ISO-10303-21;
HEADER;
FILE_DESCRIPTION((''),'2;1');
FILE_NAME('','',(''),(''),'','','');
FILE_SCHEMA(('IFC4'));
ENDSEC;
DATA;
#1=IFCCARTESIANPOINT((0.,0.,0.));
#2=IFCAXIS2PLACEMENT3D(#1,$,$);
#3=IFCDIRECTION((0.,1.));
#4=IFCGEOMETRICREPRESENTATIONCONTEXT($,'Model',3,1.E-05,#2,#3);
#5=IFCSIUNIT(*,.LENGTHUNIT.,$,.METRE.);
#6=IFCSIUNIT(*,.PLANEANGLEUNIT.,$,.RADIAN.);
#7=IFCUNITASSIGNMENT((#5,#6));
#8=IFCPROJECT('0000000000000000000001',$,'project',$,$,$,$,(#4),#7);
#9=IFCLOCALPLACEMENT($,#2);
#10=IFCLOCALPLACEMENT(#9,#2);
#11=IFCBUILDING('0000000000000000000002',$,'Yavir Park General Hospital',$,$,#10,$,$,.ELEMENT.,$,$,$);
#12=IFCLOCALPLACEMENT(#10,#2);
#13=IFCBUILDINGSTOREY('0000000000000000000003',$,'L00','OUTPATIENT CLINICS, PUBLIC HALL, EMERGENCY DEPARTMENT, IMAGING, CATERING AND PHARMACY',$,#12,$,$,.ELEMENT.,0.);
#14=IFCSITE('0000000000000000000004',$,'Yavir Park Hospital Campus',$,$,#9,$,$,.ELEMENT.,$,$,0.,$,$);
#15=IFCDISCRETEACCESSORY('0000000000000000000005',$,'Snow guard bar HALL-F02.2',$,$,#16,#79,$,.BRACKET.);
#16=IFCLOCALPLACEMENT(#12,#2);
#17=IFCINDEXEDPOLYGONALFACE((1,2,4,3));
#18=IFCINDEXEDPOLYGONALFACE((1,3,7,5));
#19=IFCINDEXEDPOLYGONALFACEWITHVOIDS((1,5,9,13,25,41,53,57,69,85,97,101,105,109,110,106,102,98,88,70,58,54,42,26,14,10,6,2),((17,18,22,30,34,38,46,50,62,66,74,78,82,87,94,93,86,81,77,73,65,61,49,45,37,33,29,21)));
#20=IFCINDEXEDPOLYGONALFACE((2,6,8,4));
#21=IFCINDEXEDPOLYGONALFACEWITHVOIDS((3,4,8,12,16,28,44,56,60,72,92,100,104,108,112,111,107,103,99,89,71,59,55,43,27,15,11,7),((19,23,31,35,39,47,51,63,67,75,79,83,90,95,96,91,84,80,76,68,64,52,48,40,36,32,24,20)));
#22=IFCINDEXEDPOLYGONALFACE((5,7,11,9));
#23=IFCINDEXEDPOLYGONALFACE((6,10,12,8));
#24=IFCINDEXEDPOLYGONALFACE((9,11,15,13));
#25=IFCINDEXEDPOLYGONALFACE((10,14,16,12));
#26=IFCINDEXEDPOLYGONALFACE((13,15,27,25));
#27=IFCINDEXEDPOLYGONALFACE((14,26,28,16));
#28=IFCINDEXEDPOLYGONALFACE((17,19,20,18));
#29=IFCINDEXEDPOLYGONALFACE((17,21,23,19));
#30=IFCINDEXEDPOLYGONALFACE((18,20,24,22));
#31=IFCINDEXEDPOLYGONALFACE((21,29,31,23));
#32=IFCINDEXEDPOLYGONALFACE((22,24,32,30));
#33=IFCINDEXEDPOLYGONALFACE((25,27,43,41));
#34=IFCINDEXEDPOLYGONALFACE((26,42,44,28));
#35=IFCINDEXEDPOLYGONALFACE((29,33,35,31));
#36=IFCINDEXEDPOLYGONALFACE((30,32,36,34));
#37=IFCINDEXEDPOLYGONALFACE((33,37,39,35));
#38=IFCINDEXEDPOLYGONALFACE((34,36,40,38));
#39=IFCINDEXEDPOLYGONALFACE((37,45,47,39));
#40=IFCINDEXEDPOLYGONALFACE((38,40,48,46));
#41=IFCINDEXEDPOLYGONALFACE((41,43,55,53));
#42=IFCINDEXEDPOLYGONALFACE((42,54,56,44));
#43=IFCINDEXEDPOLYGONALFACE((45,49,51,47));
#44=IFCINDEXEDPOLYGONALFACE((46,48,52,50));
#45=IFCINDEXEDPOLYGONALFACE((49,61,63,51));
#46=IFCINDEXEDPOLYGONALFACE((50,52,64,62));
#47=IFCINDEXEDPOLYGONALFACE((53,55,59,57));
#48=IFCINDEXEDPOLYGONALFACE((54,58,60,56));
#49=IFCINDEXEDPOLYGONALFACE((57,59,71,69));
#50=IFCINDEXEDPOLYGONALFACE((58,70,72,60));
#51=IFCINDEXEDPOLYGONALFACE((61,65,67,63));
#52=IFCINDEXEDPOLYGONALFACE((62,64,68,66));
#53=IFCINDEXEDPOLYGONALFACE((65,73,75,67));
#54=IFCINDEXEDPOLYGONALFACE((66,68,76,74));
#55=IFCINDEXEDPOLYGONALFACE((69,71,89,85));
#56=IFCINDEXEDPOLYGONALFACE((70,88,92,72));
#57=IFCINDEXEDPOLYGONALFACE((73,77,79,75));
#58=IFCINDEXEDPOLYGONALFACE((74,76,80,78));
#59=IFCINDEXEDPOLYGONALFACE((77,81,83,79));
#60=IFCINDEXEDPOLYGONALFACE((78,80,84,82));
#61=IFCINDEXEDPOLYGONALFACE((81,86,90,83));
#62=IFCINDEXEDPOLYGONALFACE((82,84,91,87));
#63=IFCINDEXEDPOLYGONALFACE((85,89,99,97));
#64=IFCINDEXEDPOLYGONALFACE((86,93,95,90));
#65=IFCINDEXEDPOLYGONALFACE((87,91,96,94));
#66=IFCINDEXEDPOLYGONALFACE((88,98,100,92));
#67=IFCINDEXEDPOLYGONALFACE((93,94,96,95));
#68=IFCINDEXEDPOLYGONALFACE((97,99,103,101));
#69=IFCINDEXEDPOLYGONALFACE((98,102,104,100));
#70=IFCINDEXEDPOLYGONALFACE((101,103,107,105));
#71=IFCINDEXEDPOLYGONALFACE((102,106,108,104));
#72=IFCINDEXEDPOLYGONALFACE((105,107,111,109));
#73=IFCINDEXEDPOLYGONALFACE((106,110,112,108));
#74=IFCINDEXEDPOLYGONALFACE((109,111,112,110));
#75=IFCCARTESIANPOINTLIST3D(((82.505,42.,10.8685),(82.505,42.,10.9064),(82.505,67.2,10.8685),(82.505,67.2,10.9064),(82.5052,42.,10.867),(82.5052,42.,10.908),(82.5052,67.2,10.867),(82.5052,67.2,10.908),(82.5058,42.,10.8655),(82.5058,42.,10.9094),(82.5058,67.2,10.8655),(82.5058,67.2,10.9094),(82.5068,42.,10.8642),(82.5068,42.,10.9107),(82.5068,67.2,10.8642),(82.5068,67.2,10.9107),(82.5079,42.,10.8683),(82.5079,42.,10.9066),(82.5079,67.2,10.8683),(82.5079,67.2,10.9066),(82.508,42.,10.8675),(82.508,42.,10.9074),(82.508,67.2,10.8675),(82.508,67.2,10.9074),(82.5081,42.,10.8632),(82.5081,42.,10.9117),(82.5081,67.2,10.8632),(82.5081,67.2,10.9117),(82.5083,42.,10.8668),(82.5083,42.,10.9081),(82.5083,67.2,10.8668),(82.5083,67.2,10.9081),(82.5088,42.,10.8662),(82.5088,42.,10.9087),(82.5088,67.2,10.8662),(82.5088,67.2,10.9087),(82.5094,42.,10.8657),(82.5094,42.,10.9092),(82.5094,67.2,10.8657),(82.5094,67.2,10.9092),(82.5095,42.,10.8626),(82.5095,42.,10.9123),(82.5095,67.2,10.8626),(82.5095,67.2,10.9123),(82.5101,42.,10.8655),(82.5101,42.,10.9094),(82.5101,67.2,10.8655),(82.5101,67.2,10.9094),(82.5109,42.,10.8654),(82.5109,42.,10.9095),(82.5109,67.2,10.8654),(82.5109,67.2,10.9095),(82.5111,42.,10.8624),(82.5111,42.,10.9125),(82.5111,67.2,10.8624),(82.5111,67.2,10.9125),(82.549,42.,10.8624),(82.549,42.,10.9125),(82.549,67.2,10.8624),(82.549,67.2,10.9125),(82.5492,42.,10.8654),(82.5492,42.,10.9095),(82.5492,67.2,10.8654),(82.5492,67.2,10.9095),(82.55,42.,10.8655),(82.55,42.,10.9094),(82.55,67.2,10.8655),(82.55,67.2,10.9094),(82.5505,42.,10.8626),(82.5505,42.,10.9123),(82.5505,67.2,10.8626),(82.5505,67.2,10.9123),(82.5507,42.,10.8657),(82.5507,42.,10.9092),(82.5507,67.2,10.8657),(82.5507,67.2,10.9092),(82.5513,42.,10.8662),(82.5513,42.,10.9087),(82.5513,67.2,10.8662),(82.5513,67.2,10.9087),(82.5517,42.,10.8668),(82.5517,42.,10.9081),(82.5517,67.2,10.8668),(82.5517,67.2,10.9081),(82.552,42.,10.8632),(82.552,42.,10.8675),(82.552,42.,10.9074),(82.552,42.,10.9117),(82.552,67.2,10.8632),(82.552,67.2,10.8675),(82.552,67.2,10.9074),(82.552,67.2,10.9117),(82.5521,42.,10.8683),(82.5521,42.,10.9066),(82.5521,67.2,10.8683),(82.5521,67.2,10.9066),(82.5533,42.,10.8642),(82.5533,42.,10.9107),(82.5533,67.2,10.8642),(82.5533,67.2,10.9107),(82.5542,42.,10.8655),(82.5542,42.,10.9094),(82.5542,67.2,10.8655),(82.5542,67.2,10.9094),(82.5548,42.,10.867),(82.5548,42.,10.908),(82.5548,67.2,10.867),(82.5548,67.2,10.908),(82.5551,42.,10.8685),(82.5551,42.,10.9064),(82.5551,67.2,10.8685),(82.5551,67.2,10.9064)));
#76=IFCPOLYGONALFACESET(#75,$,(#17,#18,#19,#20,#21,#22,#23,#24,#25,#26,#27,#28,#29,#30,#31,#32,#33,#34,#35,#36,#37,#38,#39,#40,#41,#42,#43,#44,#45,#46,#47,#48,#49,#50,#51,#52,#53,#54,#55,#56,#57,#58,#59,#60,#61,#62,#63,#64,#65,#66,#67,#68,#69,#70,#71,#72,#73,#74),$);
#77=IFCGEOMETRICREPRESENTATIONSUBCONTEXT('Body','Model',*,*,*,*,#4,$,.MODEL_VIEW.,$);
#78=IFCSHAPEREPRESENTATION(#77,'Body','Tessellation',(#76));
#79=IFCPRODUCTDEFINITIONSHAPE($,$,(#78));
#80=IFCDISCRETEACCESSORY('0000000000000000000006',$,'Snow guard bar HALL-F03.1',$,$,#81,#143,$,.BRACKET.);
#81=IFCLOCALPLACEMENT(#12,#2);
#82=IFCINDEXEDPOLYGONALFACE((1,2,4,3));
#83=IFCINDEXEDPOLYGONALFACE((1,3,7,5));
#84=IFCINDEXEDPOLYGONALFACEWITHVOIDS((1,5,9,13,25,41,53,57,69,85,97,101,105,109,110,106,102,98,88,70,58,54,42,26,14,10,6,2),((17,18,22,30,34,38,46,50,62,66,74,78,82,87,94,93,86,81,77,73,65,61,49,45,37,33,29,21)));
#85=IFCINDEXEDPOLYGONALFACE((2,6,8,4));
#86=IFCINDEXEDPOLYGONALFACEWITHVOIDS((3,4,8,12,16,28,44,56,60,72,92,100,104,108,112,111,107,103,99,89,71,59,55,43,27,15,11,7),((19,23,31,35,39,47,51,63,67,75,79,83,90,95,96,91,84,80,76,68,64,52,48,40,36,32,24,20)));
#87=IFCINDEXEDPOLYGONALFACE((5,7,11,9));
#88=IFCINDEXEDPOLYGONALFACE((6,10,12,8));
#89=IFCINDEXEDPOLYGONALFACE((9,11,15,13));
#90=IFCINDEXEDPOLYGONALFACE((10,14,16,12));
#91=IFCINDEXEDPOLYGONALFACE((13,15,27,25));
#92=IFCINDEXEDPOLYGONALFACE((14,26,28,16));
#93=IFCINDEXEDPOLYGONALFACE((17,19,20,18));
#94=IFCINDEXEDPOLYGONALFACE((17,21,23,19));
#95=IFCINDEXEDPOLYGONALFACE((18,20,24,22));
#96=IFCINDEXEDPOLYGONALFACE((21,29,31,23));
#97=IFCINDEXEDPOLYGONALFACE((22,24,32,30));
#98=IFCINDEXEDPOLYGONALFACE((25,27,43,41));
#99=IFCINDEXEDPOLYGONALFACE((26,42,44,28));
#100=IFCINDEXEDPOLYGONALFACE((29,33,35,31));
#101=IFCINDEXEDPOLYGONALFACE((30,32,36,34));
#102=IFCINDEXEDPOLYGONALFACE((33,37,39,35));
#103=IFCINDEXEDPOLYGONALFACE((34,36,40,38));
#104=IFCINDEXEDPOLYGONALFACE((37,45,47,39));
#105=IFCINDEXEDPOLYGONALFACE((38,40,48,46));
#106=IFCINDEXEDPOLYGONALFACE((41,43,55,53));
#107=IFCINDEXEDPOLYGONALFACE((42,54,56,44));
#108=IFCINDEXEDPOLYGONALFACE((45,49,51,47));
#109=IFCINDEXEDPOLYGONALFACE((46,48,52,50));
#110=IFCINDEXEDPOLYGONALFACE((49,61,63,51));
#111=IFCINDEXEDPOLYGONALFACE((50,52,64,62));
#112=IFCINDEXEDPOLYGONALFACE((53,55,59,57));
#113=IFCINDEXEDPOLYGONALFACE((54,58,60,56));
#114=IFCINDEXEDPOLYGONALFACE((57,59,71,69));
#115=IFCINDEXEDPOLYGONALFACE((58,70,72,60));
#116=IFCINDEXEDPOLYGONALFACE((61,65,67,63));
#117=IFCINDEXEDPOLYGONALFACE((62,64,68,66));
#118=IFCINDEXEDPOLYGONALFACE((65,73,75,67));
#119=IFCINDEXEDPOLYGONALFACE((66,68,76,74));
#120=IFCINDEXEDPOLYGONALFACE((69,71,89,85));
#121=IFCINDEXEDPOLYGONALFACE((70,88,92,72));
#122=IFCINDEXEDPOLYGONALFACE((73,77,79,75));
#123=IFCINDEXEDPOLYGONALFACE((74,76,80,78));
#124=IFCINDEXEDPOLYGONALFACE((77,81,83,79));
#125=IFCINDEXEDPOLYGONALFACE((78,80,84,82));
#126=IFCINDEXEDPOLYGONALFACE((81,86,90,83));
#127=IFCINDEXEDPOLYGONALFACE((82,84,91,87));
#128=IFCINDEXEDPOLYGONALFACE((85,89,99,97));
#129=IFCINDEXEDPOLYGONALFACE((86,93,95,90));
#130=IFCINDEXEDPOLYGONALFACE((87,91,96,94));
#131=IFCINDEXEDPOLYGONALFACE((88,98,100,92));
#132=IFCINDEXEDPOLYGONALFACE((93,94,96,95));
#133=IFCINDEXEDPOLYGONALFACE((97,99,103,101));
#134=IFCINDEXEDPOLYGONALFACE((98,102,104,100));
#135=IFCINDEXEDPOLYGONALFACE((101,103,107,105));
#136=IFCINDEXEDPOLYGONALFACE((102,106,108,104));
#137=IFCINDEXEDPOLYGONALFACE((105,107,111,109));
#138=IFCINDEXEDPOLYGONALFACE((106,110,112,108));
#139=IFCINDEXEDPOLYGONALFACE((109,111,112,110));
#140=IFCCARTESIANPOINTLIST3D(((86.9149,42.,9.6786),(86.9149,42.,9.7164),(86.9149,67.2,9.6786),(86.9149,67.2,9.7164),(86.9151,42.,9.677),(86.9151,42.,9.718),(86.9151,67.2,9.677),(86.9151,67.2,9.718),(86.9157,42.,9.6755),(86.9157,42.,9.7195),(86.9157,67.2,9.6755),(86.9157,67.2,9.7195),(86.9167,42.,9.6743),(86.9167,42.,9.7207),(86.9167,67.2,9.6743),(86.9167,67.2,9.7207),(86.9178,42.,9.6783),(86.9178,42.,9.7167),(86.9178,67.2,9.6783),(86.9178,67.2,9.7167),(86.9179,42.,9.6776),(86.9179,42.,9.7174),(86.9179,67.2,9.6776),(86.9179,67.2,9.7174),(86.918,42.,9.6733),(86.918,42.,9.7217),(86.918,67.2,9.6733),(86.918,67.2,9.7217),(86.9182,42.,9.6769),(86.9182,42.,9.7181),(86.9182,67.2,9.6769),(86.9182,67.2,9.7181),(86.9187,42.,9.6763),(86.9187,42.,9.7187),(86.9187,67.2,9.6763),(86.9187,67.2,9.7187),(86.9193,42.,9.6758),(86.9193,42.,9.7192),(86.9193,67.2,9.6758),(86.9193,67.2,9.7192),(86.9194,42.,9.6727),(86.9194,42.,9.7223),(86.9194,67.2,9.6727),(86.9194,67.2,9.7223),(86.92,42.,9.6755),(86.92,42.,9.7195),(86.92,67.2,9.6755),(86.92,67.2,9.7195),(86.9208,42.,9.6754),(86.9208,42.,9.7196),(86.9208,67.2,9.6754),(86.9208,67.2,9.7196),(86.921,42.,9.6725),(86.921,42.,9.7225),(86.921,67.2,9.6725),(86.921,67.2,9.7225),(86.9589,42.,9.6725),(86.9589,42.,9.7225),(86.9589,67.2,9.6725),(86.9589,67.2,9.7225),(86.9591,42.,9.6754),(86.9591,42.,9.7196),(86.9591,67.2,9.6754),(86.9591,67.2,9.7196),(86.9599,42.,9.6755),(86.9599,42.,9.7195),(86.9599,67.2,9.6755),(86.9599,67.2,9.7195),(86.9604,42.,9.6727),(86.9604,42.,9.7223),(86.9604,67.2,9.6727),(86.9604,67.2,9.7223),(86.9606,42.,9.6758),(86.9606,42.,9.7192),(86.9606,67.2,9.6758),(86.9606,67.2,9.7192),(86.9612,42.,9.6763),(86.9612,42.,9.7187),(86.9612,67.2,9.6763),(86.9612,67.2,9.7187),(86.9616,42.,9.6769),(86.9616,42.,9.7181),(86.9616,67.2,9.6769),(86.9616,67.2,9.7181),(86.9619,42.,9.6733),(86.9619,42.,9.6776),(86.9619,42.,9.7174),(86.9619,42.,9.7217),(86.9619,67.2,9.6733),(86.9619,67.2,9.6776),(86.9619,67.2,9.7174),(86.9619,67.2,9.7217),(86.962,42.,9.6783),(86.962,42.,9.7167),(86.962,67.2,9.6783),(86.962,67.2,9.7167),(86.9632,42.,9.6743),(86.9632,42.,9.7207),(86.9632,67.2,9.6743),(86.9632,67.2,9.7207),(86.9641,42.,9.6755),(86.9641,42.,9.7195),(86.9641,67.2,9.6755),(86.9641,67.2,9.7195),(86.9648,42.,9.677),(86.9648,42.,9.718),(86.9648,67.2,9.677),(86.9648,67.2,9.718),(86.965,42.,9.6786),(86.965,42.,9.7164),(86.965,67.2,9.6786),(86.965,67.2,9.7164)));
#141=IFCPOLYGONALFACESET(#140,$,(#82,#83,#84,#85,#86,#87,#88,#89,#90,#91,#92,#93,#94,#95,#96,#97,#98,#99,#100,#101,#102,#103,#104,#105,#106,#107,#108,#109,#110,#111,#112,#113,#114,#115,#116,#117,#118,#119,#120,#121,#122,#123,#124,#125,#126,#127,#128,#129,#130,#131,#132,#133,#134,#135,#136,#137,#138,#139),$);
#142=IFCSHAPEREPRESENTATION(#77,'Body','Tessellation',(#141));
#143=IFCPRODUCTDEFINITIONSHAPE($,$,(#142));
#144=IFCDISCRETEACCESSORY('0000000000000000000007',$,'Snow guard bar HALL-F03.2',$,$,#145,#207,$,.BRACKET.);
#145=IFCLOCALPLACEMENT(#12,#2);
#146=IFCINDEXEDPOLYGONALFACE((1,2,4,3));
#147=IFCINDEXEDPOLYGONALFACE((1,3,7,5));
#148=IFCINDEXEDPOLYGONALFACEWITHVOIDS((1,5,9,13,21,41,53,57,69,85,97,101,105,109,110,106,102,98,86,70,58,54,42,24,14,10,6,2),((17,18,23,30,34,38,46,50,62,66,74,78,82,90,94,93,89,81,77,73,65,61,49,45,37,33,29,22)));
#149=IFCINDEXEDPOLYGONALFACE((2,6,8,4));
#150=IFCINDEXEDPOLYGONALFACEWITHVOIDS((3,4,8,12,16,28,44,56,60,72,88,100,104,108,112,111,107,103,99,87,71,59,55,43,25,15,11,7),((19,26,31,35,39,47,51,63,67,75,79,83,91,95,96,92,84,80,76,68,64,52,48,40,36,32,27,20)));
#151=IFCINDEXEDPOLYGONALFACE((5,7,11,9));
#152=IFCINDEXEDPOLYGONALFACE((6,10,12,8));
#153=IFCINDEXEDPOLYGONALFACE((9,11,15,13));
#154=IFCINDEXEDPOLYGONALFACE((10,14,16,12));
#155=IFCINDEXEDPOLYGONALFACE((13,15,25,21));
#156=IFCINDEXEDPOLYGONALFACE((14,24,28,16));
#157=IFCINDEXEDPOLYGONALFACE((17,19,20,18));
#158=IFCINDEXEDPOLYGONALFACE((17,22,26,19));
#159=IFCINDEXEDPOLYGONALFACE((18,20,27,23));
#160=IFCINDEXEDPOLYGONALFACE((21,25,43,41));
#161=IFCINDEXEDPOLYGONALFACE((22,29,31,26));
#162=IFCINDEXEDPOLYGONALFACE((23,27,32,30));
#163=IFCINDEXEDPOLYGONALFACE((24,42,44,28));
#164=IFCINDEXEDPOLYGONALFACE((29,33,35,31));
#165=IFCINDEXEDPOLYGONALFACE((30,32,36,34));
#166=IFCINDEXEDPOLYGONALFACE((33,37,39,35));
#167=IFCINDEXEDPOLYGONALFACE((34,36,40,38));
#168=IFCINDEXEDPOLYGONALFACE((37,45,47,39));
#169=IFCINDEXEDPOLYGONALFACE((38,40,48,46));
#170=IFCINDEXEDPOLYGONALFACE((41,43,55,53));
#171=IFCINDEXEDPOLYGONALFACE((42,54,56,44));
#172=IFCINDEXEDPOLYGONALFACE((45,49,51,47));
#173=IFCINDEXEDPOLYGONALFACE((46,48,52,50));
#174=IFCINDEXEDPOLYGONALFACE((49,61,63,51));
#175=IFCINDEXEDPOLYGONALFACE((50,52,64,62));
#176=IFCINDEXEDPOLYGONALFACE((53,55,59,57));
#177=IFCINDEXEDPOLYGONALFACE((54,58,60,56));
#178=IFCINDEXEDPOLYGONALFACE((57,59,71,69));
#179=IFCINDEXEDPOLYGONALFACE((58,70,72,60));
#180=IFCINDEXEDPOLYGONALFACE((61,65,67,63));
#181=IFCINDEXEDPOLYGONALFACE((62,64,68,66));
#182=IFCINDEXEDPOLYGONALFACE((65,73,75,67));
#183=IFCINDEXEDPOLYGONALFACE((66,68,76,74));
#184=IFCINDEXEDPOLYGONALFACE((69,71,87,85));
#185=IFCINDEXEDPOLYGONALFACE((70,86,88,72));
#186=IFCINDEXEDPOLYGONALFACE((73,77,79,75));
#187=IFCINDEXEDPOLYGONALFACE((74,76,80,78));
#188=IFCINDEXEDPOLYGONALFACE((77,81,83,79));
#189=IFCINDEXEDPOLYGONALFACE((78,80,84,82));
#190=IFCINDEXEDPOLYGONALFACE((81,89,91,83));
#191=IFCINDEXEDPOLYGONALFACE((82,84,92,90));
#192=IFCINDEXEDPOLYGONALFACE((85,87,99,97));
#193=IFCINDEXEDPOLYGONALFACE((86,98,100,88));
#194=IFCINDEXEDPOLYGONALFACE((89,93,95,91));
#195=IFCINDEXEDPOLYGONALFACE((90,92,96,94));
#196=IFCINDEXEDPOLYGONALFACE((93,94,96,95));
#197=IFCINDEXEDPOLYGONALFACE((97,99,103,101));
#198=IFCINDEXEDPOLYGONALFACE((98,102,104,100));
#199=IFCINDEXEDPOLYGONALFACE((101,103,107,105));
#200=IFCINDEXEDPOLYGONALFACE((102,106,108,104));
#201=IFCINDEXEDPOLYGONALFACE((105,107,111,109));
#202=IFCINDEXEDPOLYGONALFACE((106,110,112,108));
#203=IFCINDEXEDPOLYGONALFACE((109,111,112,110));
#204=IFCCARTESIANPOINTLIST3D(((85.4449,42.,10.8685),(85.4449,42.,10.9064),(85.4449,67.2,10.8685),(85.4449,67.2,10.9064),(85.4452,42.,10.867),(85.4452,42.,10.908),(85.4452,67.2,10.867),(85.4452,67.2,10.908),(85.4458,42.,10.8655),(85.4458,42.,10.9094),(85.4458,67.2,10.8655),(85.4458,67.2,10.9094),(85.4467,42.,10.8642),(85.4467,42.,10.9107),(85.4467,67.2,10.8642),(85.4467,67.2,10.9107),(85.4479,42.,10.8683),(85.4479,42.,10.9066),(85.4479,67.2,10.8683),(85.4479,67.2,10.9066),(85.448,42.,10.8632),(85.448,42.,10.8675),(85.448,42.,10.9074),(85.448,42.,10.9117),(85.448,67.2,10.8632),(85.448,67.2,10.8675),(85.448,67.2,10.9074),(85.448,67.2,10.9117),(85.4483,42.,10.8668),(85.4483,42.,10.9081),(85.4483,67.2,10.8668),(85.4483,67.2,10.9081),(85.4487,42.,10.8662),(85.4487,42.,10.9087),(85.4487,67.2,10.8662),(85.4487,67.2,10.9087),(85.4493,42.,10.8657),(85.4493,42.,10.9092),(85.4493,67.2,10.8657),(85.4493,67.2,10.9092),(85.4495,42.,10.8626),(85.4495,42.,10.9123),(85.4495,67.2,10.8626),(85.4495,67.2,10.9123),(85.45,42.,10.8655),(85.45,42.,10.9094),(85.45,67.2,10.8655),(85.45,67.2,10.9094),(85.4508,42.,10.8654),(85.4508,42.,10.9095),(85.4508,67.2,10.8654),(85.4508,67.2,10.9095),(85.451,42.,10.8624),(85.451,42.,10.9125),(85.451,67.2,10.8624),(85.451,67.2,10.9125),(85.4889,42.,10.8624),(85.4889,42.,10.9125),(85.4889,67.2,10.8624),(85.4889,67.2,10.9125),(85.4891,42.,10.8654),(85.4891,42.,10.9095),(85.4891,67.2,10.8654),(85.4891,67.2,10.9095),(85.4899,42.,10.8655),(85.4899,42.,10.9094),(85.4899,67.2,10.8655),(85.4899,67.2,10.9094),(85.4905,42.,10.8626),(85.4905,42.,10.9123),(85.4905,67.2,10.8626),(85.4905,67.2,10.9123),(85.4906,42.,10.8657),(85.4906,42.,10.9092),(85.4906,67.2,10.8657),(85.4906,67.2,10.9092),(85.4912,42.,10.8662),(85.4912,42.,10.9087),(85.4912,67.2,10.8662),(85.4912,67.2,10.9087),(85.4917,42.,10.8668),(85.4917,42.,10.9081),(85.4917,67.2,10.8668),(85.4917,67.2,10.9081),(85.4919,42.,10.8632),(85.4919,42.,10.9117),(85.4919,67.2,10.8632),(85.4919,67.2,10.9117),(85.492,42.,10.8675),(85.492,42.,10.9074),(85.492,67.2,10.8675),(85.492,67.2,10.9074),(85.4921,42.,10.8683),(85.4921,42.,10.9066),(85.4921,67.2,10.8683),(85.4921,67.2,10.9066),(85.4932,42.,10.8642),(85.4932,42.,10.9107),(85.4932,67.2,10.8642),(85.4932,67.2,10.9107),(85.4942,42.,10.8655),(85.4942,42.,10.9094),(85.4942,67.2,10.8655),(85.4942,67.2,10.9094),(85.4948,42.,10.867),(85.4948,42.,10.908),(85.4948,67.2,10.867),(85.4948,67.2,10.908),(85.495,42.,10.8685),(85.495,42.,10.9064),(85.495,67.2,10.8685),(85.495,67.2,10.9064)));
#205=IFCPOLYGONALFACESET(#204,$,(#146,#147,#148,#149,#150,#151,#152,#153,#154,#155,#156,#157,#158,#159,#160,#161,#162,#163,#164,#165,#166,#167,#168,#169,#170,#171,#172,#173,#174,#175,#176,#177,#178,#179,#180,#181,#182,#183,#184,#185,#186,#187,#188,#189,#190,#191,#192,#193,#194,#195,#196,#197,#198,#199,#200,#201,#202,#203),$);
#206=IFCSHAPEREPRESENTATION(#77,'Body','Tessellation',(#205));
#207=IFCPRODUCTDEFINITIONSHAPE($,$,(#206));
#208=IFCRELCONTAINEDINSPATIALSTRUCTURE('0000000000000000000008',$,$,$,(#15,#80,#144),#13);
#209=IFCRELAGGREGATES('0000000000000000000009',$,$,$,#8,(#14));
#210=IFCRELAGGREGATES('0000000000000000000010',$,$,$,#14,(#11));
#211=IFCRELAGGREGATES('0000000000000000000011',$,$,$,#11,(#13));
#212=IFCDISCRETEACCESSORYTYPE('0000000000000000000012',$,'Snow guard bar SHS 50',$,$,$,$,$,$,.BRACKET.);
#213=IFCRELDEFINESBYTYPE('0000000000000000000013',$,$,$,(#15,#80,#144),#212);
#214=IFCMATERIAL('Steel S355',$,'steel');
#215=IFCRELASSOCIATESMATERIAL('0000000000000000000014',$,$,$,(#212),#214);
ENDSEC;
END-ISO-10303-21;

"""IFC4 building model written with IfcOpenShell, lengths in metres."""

from ifc_helpers import new_model, si_unit, direction, frame, origin, origin_2d, place, context, subcontext, project, spatial, hollow_rectangle, extrude, material, material_profile, profile_set, type_object, element, save


model = new_model("IFC4")

# Units and contexts
model_context = context("Model", 3, precision=1e-05, world=origin(), true_north=direction((0.0, 1.0)))
body_context = subcontext(model_context, "Body", "Model", "MODEL_VIEW")
ifc_project = project(units=[si_unit("LENGTHUNIT", "METRE"), si_unit("PLANEANGLEUNIT", "RADIAN")], contexts=[model_context])

# Site, building, storey
site_placement = place(None, origin())
site = spatial("IfcSite", under=ifc_project, at=site_placement, Name="Yavir Park Hospital Campus", CompositionType="ELEMENT", RefElevation=0.0)
building_placement = place(site_placement, origin())
building = spatial("IfcBuilding", under=site, at=building_placement, Name="Yavir Park General Hospital", CompositionType="ELEMENT")
storey_placement = place(building_placement, origin())
storey = spatial("IfcBuildingStorey", under=building, at=storey_placement, Name="L00", Description="OUTPATIENT CLINICS, PUBLIC HALL, EMERGENCY DEPARTMENT, IMAGING, CATERING AND PHARMACY", CompositionType="ELEMENT", Elevation=0.0)

# Discrete accessories
ifc_material_1 = material(Name="Steel S355", Category="steel")
ifc_material_profile_1 = material_profile(ifc_material_1, hollow_rectangle(XDim=0.05, YDim=0.05, WallThickness=0.0029, InnerFilletRadius=0.0029, OuterFilletRadius=0.0061, at=origin_2d()), Name="RHS50x50x3")
ifc_profile_set_1 = profile_set([ifc_material_profile_1], Name="Steel S355")
discrete_accessory_type_1 = type_object("IfcDiscreteAccessoryType", Name="Snow guard bar SHS 50", PredefinedType="BRACKET", material=ifc_profile_set_1)
for number, where, z_axis, x_axis, name in (
    (1, (82.53, 42.0, 10.8875), (0.0, 1.0, 0.0), (-1.0, 0.0, 0.0), "Snow guard bar HALL-F02.2"),
    (2, (86.9399, 42.0, 9.6975), (0.0, 1.0, 0.0), (-1.0, 0.0, 0.0), "Snow guard bar HALL-F03.1"),
    (3, (85.47, 42.0, 10.8875), (0.0, 1.0, 0.0), (-1.0, 0.0, 0.0), "Snow guard bar HALL-F03.2"),
):
    element("IfcDiscreteAccessory", number, at=place(storey_placement, frame(where, z_axis=z_axis, x_axis=x_axis)), inside=storey, type_object=discrete_accessory_type_1, Name=name, PredefinedType="BRACKET", context=body_context, shape_type="SweptSolid", body=[
        extrude(hollow_rectangle(XDim=0.05, YDim=0.05, WallThickness=0.0029, InnerFilletRadius=0.0029, OuterFilletRadius=0.0061, at=origin_2d()), origin(), (0.0, 0.0, 1.0), 25.2),
    ])

save(model, "model.ifc")
